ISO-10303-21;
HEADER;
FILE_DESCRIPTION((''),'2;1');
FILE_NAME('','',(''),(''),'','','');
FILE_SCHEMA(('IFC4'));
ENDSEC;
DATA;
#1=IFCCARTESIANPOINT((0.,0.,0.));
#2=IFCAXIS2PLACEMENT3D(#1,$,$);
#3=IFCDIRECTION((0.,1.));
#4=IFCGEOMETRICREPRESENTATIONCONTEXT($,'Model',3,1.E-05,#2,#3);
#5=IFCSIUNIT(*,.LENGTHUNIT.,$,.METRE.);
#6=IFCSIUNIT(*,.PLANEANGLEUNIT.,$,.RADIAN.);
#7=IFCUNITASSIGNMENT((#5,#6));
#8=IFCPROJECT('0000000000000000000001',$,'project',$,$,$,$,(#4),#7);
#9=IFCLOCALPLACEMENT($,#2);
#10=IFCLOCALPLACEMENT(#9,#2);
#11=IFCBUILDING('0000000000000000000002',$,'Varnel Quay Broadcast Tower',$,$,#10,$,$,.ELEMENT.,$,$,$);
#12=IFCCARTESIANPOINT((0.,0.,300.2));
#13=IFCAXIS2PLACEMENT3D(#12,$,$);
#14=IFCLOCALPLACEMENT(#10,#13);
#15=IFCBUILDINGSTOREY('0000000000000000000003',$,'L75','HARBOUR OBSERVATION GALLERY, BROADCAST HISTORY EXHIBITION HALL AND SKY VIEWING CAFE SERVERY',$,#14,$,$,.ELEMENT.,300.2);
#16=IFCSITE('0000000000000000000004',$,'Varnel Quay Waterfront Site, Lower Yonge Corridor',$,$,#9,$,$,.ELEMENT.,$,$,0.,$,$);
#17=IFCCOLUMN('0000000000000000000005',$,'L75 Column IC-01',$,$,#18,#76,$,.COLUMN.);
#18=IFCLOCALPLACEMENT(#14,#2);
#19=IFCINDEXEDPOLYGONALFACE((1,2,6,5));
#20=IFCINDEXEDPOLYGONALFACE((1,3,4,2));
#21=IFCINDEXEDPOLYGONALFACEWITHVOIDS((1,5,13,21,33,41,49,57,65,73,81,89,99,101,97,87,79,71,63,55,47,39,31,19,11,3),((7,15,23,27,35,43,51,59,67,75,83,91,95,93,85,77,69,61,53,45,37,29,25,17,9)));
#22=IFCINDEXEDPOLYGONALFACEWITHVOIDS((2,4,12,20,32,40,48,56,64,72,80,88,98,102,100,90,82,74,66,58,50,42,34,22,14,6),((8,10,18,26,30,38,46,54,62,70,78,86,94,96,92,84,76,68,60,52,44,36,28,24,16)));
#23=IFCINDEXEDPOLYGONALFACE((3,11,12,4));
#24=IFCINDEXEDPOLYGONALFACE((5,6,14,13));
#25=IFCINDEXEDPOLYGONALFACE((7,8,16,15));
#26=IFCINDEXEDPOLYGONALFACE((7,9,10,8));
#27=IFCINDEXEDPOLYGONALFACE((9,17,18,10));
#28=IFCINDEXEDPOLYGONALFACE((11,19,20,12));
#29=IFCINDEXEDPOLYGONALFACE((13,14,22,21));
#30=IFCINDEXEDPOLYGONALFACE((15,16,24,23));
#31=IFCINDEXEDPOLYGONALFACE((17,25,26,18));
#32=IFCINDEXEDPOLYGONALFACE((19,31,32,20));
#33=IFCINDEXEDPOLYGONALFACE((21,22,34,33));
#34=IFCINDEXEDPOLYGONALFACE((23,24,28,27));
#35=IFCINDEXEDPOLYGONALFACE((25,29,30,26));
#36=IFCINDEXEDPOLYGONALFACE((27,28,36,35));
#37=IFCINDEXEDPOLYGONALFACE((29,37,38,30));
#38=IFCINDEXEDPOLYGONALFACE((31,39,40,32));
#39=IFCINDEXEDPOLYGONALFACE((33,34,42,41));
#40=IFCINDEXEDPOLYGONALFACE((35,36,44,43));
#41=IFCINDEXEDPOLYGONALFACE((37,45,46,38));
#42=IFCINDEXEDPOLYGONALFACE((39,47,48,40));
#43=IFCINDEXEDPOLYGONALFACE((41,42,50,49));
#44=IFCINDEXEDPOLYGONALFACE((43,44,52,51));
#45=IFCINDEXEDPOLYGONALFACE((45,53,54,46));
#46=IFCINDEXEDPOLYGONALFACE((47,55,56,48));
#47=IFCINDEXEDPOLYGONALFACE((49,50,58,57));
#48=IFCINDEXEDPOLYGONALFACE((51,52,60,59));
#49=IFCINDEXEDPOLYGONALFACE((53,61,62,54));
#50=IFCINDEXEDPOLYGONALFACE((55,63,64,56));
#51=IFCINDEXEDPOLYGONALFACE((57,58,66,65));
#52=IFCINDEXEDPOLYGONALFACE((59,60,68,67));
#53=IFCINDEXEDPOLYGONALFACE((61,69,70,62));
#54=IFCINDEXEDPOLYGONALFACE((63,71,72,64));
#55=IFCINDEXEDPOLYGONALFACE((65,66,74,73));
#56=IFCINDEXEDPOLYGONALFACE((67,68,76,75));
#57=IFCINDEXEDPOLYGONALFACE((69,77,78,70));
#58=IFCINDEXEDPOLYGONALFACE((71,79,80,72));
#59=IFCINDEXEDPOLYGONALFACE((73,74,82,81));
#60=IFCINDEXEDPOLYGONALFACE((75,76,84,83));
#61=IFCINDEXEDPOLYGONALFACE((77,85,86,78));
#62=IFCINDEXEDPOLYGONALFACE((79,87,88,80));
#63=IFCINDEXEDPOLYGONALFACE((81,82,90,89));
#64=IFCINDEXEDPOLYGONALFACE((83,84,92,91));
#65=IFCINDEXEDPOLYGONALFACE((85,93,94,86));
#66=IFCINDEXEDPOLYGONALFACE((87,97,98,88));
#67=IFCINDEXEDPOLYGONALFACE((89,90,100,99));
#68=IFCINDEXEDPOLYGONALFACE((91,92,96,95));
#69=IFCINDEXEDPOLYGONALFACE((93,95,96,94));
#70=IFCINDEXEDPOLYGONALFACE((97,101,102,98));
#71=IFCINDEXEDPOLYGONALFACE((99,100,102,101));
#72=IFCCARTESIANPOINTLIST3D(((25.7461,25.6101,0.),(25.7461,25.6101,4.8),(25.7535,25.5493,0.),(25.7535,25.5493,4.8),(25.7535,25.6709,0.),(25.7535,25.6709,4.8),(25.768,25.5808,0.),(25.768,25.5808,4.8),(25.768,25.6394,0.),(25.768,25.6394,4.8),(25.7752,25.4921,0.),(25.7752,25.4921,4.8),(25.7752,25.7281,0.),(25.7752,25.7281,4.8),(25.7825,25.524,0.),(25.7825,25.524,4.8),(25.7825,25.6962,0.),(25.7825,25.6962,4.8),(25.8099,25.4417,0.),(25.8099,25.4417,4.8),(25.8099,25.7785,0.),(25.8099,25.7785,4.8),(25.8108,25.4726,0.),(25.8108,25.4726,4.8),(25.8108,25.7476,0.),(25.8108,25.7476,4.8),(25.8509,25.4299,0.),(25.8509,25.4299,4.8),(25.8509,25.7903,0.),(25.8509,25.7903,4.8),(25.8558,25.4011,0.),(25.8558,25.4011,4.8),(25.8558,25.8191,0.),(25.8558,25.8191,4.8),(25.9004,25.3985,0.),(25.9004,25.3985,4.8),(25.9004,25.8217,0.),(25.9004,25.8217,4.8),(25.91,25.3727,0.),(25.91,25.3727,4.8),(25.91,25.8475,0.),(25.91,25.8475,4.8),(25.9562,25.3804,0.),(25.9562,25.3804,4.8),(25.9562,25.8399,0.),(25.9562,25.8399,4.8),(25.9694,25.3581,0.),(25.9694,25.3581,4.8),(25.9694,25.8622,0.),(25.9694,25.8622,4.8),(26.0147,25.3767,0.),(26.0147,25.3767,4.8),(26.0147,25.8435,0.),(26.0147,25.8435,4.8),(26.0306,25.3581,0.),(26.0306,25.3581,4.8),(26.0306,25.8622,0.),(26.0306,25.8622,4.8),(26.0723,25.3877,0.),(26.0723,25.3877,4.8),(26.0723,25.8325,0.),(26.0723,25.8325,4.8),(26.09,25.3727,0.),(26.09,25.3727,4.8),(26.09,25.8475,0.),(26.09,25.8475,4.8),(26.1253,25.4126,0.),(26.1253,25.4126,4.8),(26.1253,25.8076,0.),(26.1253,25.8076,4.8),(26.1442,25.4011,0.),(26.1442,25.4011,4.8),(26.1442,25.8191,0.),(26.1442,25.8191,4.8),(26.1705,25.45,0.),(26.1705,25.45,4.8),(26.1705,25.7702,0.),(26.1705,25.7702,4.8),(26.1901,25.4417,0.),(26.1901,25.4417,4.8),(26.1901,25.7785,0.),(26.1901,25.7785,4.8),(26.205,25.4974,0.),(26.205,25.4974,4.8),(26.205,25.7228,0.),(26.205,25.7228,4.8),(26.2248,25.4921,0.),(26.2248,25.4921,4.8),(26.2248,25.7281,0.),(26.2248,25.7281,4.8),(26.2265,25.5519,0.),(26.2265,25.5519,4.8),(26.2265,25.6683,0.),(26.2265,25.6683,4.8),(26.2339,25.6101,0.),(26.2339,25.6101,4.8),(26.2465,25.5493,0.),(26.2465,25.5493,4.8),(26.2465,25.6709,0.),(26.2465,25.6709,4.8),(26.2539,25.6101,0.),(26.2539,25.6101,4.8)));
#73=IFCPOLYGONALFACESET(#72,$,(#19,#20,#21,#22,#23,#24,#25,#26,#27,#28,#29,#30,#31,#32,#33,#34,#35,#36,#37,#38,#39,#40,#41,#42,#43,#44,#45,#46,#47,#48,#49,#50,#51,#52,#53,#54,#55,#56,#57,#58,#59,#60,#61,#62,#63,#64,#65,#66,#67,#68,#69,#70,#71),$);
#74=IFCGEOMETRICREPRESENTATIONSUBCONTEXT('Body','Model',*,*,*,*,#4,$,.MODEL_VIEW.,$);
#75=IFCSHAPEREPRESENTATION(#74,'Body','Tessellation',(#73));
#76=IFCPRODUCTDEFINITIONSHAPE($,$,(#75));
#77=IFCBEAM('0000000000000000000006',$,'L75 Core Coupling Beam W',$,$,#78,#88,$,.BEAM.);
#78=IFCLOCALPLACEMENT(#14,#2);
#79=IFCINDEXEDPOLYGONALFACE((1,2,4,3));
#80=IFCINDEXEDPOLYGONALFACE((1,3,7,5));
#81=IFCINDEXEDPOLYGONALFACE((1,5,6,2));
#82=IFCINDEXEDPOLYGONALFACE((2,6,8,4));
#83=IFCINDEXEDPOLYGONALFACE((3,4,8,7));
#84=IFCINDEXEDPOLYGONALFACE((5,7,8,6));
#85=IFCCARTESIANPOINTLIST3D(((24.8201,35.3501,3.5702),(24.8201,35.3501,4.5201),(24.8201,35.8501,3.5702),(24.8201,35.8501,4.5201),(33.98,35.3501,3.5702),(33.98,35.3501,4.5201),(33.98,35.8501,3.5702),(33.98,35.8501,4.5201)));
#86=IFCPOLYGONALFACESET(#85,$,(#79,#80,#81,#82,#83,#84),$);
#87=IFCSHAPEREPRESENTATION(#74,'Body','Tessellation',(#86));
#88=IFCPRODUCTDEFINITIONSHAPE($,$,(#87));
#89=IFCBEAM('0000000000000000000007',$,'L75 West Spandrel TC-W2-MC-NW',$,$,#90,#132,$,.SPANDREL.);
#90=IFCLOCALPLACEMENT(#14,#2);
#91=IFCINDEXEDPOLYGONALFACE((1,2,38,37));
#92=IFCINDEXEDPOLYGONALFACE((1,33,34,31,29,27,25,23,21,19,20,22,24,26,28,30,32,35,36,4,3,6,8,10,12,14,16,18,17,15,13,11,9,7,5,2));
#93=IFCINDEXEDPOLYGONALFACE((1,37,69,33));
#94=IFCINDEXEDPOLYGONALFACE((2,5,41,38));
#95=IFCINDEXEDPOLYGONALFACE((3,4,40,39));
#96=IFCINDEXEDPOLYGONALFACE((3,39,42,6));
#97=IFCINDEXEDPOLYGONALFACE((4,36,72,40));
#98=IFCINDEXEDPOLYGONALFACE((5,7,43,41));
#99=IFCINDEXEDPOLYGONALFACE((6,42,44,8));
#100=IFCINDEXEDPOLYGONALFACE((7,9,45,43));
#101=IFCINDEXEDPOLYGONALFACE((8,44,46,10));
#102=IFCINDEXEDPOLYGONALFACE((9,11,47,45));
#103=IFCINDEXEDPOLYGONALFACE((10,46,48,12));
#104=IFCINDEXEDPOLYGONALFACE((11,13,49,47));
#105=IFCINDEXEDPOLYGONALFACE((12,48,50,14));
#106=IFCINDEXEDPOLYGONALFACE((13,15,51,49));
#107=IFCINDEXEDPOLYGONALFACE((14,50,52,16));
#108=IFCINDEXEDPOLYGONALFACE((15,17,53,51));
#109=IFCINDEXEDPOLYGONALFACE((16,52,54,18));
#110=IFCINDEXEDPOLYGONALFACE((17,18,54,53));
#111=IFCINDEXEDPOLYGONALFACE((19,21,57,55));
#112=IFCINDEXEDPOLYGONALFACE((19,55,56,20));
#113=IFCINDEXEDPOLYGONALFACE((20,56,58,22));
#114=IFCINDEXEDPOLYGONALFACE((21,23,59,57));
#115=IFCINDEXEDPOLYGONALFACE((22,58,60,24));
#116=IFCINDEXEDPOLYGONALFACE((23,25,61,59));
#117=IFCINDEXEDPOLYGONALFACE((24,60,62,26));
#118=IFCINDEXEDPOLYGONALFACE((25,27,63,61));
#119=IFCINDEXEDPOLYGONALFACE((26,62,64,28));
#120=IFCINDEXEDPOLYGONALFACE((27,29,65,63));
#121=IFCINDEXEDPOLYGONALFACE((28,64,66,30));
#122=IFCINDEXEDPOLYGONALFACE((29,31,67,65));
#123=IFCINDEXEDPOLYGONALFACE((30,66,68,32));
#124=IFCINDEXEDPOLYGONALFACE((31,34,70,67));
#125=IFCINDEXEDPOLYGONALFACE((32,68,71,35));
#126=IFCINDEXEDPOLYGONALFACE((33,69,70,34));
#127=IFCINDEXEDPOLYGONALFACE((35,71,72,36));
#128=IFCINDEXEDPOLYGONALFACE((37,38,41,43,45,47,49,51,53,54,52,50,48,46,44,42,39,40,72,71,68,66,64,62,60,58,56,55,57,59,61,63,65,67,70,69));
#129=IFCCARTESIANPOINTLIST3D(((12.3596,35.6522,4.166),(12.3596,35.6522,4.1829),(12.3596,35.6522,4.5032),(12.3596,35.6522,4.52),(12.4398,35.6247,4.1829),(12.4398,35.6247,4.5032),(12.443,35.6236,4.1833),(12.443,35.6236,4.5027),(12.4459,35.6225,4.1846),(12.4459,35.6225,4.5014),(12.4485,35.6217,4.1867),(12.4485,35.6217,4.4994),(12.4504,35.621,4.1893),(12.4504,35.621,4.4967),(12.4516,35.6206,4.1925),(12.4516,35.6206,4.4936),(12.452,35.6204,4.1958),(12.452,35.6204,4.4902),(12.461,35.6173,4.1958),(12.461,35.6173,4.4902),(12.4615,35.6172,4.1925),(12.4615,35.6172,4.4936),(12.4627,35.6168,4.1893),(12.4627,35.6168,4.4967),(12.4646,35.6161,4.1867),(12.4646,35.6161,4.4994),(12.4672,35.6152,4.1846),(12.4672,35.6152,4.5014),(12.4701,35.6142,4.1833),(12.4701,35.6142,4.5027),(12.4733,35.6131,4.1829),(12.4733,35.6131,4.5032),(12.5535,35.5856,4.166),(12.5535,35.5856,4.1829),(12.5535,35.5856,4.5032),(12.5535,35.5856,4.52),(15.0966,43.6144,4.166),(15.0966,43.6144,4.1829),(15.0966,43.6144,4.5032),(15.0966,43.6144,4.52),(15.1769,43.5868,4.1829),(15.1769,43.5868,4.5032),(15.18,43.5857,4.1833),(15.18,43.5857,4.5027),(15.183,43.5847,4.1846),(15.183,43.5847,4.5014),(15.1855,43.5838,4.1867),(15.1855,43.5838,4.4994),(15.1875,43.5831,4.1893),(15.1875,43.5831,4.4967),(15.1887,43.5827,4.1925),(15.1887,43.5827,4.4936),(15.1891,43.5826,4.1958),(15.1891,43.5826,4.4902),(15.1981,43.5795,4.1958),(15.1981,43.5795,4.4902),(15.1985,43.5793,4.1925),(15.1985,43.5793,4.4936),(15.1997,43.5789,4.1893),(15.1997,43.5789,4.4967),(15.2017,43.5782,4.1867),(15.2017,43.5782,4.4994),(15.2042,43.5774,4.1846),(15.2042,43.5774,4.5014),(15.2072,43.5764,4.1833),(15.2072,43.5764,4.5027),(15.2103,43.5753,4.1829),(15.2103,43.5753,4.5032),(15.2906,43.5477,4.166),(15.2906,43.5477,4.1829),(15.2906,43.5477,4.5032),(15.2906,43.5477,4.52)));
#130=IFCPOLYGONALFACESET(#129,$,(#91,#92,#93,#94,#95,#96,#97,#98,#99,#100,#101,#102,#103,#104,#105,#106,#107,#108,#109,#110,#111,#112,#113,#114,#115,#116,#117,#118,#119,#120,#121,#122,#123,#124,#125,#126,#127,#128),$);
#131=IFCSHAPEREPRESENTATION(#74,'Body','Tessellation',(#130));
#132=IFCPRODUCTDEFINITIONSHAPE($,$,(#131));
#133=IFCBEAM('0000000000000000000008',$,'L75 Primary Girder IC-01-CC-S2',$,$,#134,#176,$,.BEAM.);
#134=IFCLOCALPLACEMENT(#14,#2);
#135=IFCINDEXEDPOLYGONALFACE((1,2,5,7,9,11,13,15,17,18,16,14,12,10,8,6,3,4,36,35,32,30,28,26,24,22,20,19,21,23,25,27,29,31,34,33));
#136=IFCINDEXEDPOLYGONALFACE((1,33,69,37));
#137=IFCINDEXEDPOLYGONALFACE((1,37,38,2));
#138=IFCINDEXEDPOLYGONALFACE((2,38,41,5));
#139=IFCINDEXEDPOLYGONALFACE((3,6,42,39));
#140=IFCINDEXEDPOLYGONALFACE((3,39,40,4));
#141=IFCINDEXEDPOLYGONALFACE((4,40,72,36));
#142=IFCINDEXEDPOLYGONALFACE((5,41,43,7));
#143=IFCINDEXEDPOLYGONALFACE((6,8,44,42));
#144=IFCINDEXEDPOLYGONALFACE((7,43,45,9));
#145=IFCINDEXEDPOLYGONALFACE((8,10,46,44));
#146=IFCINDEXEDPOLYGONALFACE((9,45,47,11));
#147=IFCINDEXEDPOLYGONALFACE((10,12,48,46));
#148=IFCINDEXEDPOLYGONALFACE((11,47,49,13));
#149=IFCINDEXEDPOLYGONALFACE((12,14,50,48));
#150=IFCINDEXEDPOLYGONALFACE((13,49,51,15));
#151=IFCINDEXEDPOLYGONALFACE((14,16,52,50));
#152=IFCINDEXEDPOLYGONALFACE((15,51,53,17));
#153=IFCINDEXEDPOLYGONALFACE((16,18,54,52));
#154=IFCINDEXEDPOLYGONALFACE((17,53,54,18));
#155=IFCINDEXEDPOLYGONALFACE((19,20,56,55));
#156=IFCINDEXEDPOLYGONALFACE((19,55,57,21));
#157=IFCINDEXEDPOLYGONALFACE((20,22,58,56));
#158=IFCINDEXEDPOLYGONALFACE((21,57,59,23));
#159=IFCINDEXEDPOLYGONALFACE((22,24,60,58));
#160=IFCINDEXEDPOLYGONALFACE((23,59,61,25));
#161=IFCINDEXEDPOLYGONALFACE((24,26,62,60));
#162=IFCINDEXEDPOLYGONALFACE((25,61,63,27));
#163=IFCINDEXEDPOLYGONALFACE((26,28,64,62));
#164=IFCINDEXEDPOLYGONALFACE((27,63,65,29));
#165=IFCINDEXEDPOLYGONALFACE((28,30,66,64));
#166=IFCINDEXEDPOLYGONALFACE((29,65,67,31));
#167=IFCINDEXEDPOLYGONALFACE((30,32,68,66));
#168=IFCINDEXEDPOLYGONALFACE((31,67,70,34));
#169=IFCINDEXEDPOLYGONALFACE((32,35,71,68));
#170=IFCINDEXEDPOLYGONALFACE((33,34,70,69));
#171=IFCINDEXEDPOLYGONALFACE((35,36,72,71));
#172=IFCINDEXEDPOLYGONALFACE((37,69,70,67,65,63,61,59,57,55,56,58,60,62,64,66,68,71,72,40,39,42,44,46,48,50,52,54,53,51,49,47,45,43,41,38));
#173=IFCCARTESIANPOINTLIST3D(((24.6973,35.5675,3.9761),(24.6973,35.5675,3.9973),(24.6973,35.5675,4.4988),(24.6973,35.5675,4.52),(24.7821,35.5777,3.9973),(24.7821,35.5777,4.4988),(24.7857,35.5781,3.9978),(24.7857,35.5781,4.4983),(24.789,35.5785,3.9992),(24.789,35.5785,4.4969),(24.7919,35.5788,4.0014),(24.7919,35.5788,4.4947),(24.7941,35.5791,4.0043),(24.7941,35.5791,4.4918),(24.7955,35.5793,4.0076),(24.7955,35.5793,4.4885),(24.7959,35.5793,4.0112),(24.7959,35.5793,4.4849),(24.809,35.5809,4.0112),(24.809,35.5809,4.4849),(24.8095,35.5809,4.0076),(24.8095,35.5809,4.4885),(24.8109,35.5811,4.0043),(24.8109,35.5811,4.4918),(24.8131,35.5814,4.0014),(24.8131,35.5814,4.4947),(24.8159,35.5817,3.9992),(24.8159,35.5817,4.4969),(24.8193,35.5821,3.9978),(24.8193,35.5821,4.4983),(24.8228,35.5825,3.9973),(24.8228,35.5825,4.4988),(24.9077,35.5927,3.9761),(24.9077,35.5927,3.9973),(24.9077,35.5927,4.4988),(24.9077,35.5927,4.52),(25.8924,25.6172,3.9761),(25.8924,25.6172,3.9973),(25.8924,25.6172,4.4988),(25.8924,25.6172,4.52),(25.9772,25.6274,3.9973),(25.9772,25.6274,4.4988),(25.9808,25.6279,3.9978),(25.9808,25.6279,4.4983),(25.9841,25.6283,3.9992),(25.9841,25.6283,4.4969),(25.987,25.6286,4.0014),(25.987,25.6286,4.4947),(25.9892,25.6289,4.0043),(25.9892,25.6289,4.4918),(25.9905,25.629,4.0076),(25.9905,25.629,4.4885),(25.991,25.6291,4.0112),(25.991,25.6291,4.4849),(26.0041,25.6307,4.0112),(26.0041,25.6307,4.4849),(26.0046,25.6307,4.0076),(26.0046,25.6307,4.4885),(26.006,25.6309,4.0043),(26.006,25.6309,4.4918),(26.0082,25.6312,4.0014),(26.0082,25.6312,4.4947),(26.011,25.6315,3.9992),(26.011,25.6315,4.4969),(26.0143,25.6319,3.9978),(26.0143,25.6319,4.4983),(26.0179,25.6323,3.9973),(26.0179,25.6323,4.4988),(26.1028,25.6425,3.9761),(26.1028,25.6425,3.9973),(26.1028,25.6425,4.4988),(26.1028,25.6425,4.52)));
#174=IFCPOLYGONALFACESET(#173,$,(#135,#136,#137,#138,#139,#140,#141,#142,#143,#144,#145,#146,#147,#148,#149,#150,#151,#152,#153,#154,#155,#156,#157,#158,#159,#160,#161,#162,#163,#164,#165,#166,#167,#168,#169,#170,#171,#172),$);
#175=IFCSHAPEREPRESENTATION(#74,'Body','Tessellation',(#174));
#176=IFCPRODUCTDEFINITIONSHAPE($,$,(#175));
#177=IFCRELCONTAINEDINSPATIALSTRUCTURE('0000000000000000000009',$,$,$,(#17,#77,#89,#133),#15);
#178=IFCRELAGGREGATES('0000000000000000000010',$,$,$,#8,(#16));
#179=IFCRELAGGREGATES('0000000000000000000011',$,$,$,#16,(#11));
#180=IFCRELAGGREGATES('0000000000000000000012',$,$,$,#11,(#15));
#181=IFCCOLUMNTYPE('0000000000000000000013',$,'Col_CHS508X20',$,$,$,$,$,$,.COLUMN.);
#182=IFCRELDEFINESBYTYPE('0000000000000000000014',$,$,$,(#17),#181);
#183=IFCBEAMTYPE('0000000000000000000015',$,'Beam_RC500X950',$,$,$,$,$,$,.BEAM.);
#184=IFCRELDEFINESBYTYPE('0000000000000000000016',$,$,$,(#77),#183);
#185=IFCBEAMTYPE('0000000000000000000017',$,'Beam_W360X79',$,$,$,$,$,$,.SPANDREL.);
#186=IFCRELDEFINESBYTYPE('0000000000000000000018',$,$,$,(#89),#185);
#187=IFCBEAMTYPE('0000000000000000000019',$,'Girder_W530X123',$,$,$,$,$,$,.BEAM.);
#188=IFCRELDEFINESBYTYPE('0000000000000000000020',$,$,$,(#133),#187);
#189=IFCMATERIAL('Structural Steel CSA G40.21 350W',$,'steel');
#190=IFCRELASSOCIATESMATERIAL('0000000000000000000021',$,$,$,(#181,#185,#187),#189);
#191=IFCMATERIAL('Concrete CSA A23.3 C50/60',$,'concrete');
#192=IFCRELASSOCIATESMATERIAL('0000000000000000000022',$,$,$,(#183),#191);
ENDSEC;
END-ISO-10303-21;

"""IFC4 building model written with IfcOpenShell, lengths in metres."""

from ifc_helpers import new_model, si_unit, direction, frame, origin, origin_2d, place, context, subcontext, project, spatial, rectangle, hollow_circle, i_section, extrude, source, transform, mapped, material, material_profile, profile_set, type_object, type_shapes, element, save


model = new_model("IFC4")

# Units and contexts
model_context = context("Model", 3, precision=1e-05, world=origin(), true_north=direction((0.0, 1.0)))
body_context = subcontext(model_context, "Body", "Model", "MODEL_VIEW")
ifc_project = project(units=[si_unit("LENGTHUNIT", "METRE"), si_unit("PLANEANGLEUNIT", "RADIAN")], contexts=[model_context])

# Site, building, storey
site_placement = place(None, origin())
site = spatial("IfcSite", under=ifc_project, at=site_placement, Name="Varnel Quay Waterfront Site, Lower Yonge Corridor", CompositionType="ELEMENT", RefElevation=0.0)
building_placement = place(site_placement, origin())
building = spatial("IfcBuilding", under=site, at=building_placement, Name="Varnel Quay Broadcast Tower", CompositionType="ELEMENT")
storey_placement = place(building_placement, frame((0.0, 0.0, 300.2)))
storey = spatial("IfcBuildingStorey", under=building, at=storey_placement, Name="L75", Description="HARBOUR OBSERVATION GALLERY, BROADCAST HISTORY EXHIBITION HALL AND SKY VIEWING CAFE SERVERY", CompositionType="ELEMENT", Elevation=300.2)

# Column
ifc_material_1 = material(Name="Structural Steel CSA G40.21 350W", Category="steel")
ifc_material_profile_1 = material_profile(ifc_material_1, hollow_circle(Radius=0.2539, WallThickness=0.02, at=origin_2d()), Name="CHS508X20")
ifc_profile_set_1 = profile_set([ifc_material_profile_1], Name="Structural Steel CSA G40.21 350W")
column_type_1 = type_object("IfcColumnType", Name="Col_CHS508X20", PredefinedType="COLUMN", material=ifc_profile_set_1)
shared_shape_1 = source(origin(), body_context, "Body", "SweptSolid", [
    extrude(hollow_circle(Radius=0.2539, WallThickness=0.02, at=origin_2d()), origin(), (0.0, 0.0, 1.0), 4.8),
])
type_shapes(column_type_1, [shared_shape_1])
column_1_placement = place(storey_placement, frame((26.0, 25.6101, 0.0), z_axis=(0.0, 0.0, 1.0), x_axis=(1.0, 0.0, 0.0)))
element("IfcColumn", 1, at=column_1_placement, inside=storey, type_object=column_type_1, Name="L75 Column IC-01", PredefinedType="COLUMN", context=body_context, shape_type="MappedRepresentation", body=[
    mapped(shared_shape_1, transform((0.0, 0.0, 0.0), x_axis=(1.0, 0.0, 0.0), y_axis=(0.0, 1.0, 0.0), z_axis=(0.0, 0.0, 1.0), scale=1.0)),
])

# Beams
ifc_material_2 = material(Name="Concrete CSA A23.3 C50/60", Category="concrete")
ifc_material_profile_2 = material_profile(ifc_material_2, rectangle(XDim=0.5, YDim=0.95, at=origin_2d()), Name="RC500X950")
ifc_profile_set_2 = profile_set([ifc_material_profile_2], Name="Concrete CSA A23.3 C50/60")
beam_type_1 = type_object("IfcBeamType", Name="Beam_RC500X950", PredefinedType="BEAM", material=ifc_profile_set_2)
shared_shape_2 = source(origin(), body_context, "Body", "SweptSolid", [
    extrude(rectangle(XDim=0.5, YDim=0.95, at=origin_2d()), origin(), (0.0, 0.0, 1.0), 9.1599),
])
type_shapes(beam_type_1, [shared_shape_2])
beam_1_placement = place(storey_placement, frame((24.8201, 35.6001, 4.0452), z_axis=(1.0, 0.0, 0.0), x_axis=(0.0, 1.0, 0.0)))
element("IfcBeam", 2, at=beam_1_placement, inside=storey, type_object=beam_type_1, Name="L75 Core Coupling Beam W", PredefinedType="BEAM", context=body_context, shape_type="MappedRepresentation", body=[
    mapped(shared_shape_2, transform((0.0, 0.0, 0.0), x_axis=(1.0, 0.0, 0.0), y_axis=(0.0, 1.0, 0.0), z_axis=(0.0, 0.0, 1.0), scale=1.0)),
])
ifc_material_profile_3 = material_profile(ifc_material_1, i_section(OverallWidth=0.2051, OverallDepth=0.354, WebThickness=0.0095, FlangeThickness=0.0168, FilletRadius=0.0129, at=origin_2d()), Name="W360X79")
ifc_profile_set_3 = profile_set([ifc_material_profile_3], Name="Structural Steel CSA G40.21 350W")
beam_type_2 = type_object("IfcBeamType", Name="Beam_W360X79", PredefinedType="SPANDREL", material=ifc_profile_set_3)
shared_shape_3 = source(origin(), body_context, "Body", "SweptSolid", [
    extrude(i_section(OverallWidth=0.2051, OverallDepth=0.354, WebThickness=0.0095, FlangeThickness=0.0168, FilletRadius=0.0129, at=origin_2d()), origin(), (0.0, 0.0, 1.0), 8.4194),
])
type_shapes(beam_type_2, [shared_shape_3])
beam_2_placement = place(storey_placement, frame((12.4565, 35.6189, 4.343), z_axis=(0.325087, 0.945684, 0.0), x_axis=(-0.945684, 0.325087, 0.0)))
element("IfcBeam", 3, at=beam_2_placement, inside=storey, type_object=beam_type_2, Name="L75 West Spandrel TC-W2-MC-NW", PredefinedType="SPANDREL", context=body_context, shape_type="MappedRepresentation", body=[
    mapped(shared_shape_3, transform((0.0, 0.0, 0.0), x_axis=(1.0, 0.0, 0.0), y_axis=(0.0, 1.0, 0.0), z_axis=(0.0, 0.0, 1.0), scale=1.0)),
])
ifc_material_profile_4 = material_profile(ifc_material_1, i_section(OverallWidth=0.2119, OverallDepth=0.5439, WebThickness=0.0132, FlangeThickness=0.0212, FilletRadius=0.0139, at=origin_2d()), Name="W530X123")
ifc_profile_set_4 = profile_set([ifc_material_profile_4], Name="Structural Steel CSA G40.21 350W")
beam_type_3 = type_object("IfcBeamType", Name="Girder_W530X123", PredefinedType="BEAM", material=ifc_profile_set_4)
shared_shape_4 = source(origin(), body_context, "Body", "SweptSolid", [
    extrude(i_section(OverallWidth=0.2119, OverallDepth=0.5439, WebThickness=0.0132, FlangeThickness=0.0212, FilletRadius=0.0139, at=origin_2d()), origin(), (0.0, 0.0, 1.0), 10.0217),
])
beam_3_placement = place(storey_placement, frame((25.9976, 25.6299, 4.248), z_axis=(-0.119248, 0.992864, 0.0), x_axis=(-0.992864, -0.119248, 0.0)))
element("IfcBeam", 4, at=beam_3_placement, inside=storey, type_object=beam_type_3, Name="L75 Primary Girder IC-01-CC-S2", PredefinedType="BEAM", context=body_context, shape_type="MappedRepresentation", body=[
    mapped(shared_shape_4, transform((0.0, 0.0, 0.0), x_axis=(1.0, 0.0, 0.0), y_axis=(0.0, 1.0, 0.0), z_axis=(0.0, 0.0, 1.0), scale=1.0)),
])

save(model, "model.ifc")
